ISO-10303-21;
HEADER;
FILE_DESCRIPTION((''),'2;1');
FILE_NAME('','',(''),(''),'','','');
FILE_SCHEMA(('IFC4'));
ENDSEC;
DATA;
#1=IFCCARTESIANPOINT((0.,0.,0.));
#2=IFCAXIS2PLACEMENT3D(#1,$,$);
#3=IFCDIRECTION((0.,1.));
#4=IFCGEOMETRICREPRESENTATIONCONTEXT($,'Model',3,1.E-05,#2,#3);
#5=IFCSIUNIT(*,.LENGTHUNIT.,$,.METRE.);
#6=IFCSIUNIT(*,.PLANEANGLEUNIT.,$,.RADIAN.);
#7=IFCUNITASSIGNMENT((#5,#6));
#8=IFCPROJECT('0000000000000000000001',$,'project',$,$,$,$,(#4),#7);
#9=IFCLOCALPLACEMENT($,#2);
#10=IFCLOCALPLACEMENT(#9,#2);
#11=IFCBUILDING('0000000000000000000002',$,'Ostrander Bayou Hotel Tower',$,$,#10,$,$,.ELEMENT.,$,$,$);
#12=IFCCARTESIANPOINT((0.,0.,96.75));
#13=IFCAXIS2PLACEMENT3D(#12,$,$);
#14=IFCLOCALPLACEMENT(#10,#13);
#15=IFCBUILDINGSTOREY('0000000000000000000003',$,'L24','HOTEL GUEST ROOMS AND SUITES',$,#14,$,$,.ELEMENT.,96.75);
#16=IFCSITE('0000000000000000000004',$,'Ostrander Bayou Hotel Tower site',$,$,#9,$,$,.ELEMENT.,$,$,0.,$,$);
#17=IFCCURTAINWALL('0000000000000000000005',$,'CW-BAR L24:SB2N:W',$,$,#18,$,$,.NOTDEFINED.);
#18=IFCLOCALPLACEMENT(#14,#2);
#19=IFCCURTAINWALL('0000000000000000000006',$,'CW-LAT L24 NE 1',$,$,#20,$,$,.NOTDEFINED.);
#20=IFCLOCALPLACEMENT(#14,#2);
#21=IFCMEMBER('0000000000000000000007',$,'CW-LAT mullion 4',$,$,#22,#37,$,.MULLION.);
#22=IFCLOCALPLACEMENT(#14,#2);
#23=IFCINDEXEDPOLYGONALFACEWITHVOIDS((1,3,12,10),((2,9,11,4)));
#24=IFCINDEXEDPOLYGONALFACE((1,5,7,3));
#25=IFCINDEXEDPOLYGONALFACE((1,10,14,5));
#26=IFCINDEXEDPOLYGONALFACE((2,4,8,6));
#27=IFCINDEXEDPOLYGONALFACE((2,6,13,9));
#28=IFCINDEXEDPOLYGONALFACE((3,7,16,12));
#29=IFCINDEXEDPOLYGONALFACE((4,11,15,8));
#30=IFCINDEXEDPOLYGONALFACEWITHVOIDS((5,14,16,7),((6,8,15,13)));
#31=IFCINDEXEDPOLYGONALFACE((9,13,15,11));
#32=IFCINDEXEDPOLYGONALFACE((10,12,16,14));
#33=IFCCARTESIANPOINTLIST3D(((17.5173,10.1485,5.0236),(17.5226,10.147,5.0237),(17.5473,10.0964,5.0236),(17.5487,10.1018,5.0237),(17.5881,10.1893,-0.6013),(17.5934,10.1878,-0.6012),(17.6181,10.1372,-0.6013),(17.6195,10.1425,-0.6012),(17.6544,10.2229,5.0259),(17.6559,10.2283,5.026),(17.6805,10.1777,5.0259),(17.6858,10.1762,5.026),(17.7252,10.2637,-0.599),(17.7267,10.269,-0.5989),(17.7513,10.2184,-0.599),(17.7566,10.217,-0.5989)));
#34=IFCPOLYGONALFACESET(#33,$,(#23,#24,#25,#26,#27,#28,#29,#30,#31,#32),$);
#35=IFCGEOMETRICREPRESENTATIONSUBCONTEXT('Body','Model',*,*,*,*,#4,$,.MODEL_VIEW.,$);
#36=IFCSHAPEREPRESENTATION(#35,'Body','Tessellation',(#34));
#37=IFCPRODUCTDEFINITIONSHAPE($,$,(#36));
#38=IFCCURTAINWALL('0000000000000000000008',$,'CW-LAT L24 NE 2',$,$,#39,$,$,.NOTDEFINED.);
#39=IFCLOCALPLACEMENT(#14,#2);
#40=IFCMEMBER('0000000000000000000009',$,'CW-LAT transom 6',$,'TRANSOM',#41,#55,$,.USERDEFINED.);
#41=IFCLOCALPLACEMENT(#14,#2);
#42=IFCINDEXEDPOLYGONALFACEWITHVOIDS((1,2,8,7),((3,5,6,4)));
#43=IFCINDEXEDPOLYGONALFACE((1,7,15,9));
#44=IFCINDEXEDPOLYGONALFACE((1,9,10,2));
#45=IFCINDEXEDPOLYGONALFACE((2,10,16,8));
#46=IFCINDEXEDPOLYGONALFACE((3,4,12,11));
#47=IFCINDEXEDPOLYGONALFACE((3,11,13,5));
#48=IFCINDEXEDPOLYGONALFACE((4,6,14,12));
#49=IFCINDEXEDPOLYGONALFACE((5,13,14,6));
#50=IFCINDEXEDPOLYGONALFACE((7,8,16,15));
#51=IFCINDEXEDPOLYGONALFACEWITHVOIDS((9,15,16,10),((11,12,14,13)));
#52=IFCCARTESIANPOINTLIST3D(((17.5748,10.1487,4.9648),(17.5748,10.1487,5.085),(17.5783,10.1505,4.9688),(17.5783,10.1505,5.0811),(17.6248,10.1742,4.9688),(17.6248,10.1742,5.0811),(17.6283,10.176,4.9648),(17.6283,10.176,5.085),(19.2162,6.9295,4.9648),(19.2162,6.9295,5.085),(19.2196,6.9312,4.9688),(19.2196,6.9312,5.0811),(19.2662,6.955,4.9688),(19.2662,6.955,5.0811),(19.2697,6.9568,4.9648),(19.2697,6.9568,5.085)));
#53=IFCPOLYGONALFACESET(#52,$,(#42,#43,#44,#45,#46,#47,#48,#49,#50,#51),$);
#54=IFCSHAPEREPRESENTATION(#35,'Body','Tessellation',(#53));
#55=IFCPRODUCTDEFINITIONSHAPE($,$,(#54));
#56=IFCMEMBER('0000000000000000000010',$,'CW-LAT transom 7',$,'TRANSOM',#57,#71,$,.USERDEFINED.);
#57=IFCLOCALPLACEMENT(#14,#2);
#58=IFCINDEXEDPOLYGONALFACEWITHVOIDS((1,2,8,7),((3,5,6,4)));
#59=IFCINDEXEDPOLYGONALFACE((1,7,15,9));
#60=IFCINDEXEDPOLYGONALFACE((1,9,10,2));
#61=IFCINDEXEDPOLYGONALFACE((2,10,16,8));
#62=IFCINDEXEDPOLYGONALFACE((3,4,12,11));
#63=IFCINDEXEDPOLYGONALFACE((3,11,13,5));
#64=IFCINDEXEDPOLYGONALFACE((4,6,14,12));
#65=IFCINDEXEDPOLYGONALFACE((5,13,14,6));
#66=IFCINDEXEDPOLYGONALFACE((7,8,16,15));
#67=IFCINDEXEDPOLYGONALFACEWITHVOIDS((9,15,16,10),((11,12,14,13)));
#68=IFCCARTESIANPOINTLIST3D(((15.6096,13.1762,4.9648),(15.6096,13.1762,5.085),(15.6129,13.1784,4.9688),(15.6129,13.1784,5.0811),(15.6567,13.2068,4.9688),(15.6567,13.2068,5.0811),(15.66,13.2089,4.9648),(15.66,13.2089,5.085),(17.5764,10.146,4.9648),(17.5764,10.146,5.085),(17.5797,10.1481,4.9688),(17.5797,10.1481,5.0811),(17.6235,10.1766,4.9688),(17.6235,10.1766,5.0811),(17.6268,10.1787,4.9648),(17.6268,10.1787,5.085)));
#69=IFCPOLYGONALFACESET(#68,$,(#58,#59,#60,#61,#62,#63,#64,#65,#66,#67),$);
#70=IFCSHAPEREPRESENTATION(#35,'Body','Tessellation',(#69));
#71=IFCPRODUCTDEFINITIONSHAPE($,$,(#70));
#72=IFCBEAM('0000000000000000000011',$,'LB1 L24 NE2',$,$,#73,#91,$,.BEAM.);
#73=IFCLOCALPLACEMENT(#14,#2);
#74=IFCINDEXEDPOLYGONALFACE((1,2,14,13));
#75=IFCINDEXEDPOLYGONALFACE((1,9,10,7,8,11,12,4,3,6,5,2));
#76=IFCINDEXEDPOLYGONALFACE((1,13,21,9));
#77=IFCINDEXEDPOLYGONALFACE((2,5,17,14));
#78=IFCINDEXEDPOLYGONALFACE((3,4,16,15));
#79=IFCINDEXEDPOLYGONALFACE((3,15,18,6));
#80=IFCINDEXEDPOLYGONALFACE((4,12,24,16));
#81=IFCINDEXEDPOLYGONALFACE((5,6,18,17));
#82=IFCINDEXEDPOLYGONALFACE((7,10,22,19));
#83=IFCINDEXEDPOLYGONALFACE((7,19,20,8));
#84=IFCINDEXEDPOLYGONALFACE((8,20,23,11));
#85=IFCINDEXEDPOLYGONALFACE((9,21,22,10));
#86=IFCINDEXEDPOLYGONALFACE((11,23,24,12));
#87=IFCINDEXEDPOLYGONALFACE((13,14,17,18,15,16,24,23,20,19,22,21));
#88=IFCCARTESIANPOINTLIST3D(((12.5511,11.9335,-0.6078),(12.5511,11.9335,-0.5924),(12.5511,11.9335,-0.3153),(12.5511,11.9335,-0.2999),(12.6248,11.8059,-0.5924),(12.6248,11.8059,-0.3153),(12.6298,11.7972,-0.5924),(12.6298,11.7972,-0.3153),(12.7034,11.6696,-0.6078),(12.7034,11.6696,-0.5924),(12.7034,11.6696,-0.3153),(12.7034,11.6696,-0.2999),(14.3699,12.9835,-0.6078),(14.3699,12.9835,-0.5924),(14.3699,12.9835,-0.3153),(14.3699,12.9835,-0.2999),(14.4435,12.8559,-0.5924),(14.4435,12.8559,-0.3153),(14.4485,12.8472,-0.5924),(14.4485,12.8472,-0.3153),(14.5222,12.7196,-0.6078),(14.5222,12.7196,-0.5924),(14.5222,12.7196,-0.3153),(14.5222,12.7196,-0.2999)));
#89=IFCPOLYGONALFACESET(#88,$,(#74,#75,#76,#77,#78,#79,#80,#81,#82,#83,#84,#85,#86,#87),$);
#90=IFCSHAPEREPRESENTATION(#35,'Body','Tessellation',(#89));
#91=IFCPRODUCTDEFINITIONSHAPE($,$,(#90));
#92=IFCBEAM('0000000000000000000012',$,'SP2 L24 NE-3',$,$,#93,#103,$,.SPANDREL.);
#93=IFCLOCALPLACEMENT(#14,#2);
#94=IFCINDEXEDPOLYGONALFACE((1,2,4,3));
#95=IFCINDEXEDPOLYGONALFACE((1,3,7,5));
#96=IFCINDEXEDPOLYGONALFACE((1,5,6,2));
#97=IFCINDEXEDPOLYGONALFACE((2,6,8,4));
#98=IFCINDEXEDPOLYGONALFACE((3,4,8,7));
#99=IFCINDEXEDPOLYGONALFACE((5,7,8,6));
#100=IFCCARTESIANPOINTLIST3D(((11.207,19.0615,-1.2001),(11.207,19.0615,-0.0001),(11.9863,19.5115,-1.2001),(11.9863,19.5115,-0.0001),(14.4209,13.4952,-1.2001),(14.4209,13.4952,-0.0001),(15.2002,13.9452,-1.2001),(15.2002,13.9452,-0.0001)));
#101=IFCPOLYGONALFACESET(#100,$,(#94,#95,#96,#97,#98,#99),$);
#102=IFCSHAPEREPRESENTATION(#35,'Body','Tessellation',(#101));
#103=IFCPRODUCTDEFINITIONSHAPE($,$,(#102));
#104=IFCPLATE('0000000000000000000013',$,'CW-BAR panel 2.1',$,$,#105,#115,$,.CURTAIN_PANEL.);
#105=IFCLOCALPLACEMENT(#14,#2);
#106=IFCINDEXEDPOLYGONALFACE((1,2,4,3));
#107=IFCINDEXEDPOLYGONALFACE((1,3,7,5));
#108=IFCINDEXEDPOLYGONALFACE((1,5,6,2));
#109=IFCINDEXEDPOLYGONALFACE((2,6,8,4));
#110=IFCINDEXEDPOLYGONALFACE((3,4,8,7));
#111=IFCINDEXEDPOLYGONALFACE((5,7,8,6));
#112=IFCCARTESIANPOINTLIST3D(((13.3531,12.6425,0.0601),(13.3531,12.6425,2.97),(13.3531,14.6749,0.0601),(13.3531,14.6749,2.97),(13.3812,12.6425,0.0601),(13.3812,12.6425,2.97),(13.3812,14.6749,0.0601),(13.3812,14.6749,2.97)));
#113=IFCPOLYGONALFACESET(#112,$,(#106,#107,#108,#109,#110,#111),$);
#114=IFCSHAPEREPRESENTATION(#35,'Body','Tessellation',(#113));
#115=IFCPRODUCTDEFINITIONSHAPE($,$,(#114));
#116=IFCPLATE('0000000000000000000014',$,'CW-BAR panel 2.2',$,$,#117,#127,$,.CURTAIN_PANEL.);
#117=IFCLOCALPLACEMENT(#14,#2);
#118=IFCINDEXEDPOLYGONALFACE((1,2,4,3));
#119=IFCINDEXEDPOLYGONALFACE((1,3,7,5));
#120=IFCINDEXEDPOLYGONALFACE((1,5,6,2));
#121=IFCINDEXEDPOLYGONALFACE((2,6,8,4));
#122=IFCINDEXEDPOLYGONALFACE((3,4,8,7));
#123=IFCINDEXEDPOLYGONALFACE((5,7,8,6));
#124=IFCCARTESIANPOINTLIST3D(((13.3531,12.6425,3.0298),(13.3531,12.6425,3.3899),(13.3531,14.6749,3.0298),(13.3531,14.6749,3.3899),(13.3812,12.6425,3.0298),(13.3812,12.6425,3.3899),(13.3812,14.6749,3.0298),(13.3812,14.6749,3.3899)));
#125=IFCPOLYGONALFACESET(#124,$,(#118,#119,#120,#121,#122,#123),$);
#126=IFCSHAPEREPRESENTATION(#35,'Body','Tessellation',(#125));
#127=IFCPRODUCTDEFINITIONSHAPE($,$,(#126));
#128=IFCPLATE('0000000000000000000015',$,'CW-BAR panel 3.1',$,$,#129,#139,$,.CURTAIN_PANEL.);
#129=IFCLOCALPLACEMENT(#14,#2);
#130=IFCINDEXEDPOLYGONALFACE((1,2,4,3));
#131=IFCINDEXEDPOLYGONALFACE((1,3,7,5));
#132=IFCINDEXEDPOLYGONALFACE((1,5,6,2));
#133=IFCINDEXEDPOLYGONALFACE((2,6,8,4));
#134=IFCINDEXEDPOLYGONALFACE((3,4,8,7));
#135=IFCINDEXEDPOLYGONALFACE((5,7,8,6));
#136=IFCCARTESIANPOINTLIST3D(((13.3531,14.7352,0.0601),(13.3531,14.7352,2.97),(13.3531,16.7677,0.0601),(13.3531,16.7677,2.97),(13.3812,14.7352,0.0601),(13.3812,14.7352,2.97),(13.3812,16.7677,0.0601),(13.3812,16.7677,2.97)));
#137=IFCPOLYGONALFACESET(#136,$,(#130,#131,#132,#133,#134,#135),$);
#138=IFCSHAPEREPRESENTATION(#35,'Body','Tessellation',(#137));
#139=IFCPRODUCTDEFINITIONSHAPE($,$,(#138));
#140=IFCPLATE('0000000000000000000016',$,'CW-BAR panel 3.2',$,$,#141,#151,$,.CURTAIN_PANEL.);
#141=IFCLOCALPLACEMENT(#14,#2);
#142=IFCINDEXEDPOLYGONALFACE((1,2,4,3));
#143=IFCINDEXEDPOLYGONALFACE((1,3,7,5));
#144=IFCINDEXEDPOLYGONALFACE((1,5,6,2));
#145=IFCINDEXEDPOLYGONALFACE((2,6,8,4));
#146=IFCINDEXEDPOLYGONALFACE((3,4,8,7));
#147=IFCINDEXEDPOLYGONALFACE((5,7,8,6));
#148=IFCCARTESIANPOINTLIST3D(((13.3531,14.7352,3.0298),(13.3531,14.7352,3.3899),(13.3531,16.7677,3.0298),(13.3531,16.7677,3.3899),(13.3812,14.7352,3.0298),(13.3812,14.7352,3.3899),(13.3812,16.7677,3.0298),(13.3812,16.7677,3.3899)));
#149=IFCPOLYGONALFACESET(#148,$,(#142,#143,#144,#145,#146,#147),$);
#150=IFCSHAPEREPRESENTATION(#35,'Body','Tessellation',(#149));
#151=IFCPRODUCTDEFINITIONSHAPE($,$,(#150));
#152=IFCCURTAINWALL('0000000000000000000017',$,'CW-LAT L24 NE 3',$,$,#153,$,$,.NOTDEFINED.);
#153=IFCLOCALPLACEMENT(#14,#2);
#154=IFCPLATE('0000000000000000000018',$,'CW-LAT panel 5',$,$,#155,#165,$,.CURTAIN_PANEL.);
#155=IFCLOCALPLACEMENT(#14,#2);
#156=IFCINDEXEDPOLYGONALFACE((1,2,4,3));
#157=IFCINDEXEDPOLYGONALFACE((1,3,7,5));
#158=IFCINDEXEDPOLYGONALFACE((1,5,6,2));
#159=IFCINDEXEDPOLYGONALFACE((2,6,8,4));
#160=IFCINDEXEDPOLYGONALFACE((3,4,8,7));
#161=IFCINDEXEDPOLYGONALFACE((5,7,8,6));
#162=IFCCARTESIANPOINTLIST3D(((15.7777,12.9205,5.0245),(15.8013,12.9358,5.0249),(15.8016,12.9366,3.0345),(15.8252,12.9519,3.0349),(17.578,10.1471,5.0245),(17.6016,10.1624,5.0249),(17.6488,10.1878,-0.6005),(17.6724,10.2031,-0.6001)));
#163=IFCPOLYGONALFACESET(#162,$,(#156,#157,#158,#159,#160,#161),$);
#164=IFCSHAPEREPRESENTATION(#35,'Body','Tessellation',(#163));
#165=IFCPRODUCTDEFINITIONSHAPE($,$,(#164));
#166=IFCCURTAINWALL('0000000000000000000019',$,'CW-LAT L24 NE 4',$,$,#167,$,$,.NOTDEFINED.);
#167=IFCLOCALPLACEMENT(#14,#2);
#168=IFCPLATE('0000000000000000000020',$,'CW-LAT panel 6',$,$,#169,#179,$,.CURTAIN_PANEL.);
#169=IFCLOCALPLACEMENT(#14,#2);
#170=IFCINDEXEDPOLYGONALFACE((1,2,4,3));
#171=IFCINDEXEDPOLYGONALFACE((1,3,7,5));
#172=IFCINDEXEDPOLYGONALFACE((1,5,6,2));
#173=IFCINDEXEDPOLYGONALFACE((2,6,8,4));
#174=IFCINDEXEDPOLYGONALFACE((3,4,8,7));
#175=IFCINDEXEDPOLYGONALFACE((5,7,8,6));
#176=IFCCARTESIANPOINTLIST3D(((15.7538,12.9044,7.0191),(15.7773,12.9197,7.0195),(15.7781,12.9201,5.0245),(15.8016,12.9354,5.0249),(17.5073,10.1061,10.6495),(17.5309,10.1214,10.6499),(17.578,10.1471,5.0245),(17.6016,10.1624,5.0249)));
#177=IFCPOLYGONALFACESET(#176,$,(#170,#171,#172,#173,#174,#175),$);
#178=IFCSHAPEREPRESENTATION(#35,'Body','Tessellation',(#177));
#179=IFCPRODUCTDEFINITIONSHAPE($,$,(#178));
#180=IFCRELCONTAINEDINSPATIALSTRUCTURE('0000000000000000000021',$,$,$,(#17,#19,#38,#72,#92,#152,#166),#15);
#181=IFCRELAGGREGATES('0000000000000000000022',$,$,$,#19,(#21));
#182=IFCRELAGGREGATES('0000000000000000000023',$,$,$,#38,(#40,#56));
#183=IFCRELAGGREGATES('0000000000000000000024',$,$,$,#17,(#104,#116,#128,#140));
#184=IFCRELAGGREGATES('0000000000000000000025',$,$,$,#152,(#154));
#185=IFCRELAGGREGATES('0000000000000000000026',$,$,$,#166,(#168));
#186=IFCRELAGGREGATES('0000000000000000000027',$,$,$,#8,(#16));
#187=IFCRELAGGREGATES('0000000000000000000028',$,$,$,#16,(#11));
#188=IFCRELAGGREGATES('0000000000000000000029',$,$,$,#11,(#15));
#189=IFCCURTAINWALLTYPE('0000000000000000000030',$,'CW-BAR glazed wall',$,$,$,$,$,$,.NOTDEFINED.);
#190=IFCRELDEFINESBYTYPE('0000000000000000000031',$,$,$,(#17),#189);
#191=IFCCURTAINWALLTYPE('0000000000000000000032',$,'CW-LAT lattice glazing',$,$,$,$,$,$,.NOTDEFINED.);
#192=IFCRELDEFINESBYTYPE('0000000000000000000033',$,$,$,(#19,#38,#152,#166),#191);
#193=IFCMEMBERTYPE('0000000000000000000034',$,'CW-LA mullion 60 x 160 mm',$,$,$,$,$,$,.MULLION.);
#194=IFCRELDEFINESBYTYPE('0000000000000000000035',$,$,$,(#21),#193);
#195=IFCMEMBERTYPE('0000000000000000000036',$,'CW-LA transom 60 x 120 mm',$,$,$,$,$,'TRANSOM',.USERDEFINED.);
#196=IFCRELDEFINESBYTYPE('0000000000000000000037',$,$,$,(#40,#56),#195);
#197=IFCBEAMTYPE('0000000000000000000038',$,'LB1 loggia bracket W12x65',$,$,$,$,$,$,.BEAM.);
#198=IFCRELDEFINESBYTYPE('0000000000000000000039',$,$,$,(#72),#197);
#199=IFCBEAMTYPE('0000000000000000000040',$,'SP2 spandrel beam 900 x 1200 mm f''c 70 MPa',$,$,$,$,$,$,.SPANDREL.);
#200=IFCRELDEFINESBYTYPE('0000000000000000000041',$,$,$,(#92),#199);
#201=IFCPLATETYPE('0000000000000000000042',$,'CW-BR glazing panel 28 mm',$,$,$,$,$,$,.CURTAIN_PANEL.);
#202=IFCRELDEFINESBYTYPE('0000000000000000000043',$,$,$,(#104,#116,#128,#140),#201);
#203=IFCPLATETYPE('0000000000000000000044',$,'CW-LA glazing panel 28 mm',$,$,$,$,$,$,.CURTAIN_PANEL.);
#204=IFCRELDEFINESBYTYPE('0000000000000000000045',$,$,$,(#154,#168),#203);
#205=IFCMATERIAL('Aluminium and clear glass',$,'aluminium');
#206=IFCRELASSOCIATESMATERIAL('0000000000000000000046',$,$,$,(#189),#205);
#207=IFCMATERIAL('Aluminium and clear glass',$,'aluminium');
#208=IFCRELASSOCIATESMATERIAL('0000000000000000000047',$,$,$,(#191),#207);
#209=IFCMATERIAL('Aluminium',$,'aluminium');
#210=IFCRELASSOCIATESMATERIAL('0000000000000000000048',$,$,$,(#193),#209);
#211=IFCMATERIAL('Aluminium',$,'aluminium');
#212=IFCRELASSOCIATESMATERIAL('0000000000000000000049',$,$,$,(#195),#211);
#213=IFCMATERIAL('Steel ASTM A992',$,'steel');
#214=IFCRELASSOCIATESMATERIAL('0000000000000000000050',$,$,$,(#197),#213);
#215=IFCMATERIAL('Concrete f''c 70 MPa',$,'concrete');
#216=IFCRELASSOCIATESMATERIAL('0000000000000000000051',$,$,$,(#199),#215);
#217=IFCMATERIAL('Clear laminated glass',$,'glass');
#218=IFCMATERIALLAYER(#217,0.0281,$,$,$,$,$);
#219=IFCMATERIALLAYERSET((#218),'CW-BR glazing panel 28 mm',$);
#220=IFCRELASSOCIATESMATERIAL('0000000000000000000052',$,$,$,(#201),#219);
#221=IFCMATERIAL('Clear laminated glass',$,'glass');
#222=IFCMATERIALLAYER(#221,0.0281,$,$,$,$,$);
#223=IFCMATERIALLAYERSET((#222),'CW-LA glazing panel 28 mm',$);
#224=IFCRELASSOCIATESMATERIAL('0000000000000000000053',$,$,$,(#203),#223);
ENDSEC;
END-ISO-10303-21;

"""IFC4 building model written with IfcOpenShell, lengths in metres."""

from ifc_helpers import new_model, si_unit, direction, frame, origin, origin_2d, place, context, subcontext, project, spatial, polyline, rectangle, hollow_rectangle, i_section, outline, extrude, material, layer, layer_set, material_profile, profile_set, type_object, element, aggregate, save


model = new_model("IFC4")

# Units and contexts
model_context = context("Model", 3, precision=1e-05, world=origin(), true_north=direction((0.0, 1.0)))
body_context = subcontext(model_context, "Body", "Model", "MODEL_VIEW")
ifc_project = project(units=[si_unit("LENGTHUNIT", "METRE"), si_unit("PLANEANGLEUNIT", "RADIAN")], contexts=[model_context])

# Site, building, storey
site_placement = place(None, origin())
site = spatial("IfcSite", under=ifc_project, at=site_placement, Name="Ostrander Bayou Hotel Tower site", CompositionType="ELEMENT", RefElevation=0.0)
building_placement = place(site_placement, origin())
building = spatial("IfcBuilding", under=site, at=building_placement, Name="Ostrander Bayou Hotel Tower", CompositionType="ELEMENT")
storey_placement = place(building_placement, frame((0.0, 0.0, 96.75)))
storey = spatial("IfcBuildingStorey", under=building, at=storey_placement, Name="L24", Description="HOTEL GUEST ROOMS AND SUITES", CompositionType="ELEMENT", Elevation=96.75)

# Curtain wall
ifc_material_1 = material(Name="Aluminium and clear glass", Category="aluminium")
curtain_wall_type_1 = type_object("IfcCurtainWallType", Name="CW-BAR glazed wall", PredefinedType="NOTDEFINED", material=ifc_material_1)
curtain_wall_1_placement = place(storey_placement, origin())
curtain_wall_1 = element("IfcCurtainWall", 1, at=curtain_wall_1_placement, inside=storey, type_object=curtain_wall_type_1, Name="CW-BAR L24:SB2N:W", PredefinedType="NOTDEFINED")

# Curtain wall, member
ifc_material_2 = material(Name="Aluminium and clear glass", Category="aluminium")
curtain_wall_type_2 = type_object("IfcCurtainWallType", Name="CW-LAT lattice glazing", PredefinedType="NOTDEFINED", material=ifc_material_2)
curtain_wall_2_placement = place(storey_placement, origin())
curtain_wall_2 = element("IfcCurtainWall", 2, at=curtain_wall_2_placement, inside=storey, type_object=curtain_wall_type_2, Name="CW-LAT L24 NE 1", PredefinedType="NOTDEFINED")
ifc_material_3 = material(Name="Aluminium", Category="aluminium")
ifc_material_profile_1 = material_profile(ifc_material_3, hollow_rectangle(XDim=0.0601, YDim=0.1599, WallThickness=0.0039, at=origin_2d()))
ifc_profile_set_1 = profile_set([ifc_material_profile_1], Name="Aluminium")
member_type_1 = type_object("IfcMemberType", Name="CW-LA mullion 60 x 160 mm", PredefinedType="MULLION", material=ifc_profile_set_1)
member_1_placement = place(storey_placement, frame((17.6724, 10.2031, -0.6001), z_axis=(-0.012585, -0.007247, 0.999895), x_axis=(0.499032, -0.866583, 0.0)))
member_1 = element("IfcMember", 3, at=member_1_placement, type_object=member_type_1, Name="CW-LAT mullion 4", PredefinedType="MULLION", context=body_context, shape_type="SweptSolid", body=[
    extrude(hollow_rectangle(XDim=0.0601, YDim=0.1599, WallThickness=0.0039, at=origin_2d()), origin(), (0.0, 0.0, 1.0), 5.6255),
])
aggregate(curtain_wall_2, [member_1])

# Curtain wall, members
curtain_wall_3_placement = place(storey_placement, origin())
curtain_wall_3 = element("IfcCurtainWall", 4, at=curtain_wall_3_placement, inside=storey, type_object=curtain_wall_type_2, Name="CW-LAT L24 NE 2", PredefinedType="NOTDEFINED")
ifc_material_4 = material(Name="Aluminium", Category="aluminium")
ifc_material_profile_2 = material_profile(ifc_material_4, hollow_rectangle(XDim=0.0601, YDim=0.1201, WallThickness=0.0039, at=origin_2d()))
ifc_profile_set_2 = profile_set([ifc_material_profile_2], Name="Aluminium")
member_type_2 = type_object("IfcMemberType", Name="CW-LA transom 60 x 120 mm", ElementType="TRANSOM", PredefinedType="USERDEFINED", material=ifc_profile_set_2)
member_2_placement = place(storey_placement, frame((17.6016, 10.1624, 5.0249), z_axis=(0.454226, -0.890886, 0.0), x_axis=(0.890886, 0.454226, 0.0)))
member_2 = element("IfcMember", 5, at=member_2_placement, type_object=member_type_2, Name="CW-LAT transom 6", ObjectType="TRANSOM", PredefinedType="USERDEFINED", context=body_context, shape_type="SweptSolid", body=[
    extrude(hollow_rectangle(XDim=0.0601, YDim=0.1201, WallThickness=0.0039, at=origin_2d()), origin(), (0.0, 0.0, 1.0), 3.6135),
])
member_3_placement = place(storey_placement, frame((17.6016, 10.1624, 5.0249), z_axis=(-0.544428, 0.838808, 0.0), x_axis=(-0.838808, -0.544428, 0.0)))
member_3 = element("IfcMember", 6, at=member_3_placement, type_object=member_type_2, Name="CW-LAT transom 7", ObjectType="TRANSOM", PredefinedType="USERDEFINED", context=body_context, shape_type="SweptSolid", body=[
    extrude(hollow_rectangle(XDim=0.0601, YDim=0.1201, WallThickness=0.0039, at=origin_2d()), origin(), (0.0, 0.0, 1.0), 3.6125),
])
aggregate(curtain_wall_3, [member_2, member_3])

# Beams
ifc_material_5 = material(Name="Steel ASTM A992", Category="steel")
ifc_material_profile_3 = material_profile(ifc_material_5, i_section(OverallWidth=0.3047, OverallDepth=0.3079, WebThickness=0.01, FlangeThickness=0.0154, at=origin_2d()))
ifc_profile_set_3 = profile_set([ifc_material_profile_3], Name="Steel ASTM A992")
beam_type_1 = type_object("IfcBeamType", Name="LB1 loggia bracket W12x65", PredefinedType="BEAM", material=ifc_profile_set_3)
beam_1_placement = place(storey_placement, frame((14.446, 12.8516, -0.4539), z_axis=(-0.866038, -0.499977, 0.0), x_axis=(0.499977, -0.866038, 0.0)))
element("IfcBeam", 7, at=beam_1_placement, inside=storey, type_object=beam_type_1, Name="LB1 L24 NE2", PredefinedType="BEAM", context=body_context, shape_type="SweptSolid", body=[
    extrude(i_section(OverallWidth=0.3047, OverallDepth=0.3079, WebThickness=0.01, FlangeThickness=0.0154, at=origin_2d()), origin(), (0.0, 0.0, 1.0), 2.1001),
])
ifc_material_6 = material(Name="Concrete f'c 70 MPa", Category="concrete")
ifc_material_profile_4 = material_profile(ifc_material_6, rectangle(XDim=0.8999, YDim=1.2, at=origin_2d()))
ifc_profile_set_4 = profile_set([ifc_material_profile_4], Name="Concrete f'c 70 MPa")
beam_type_2 = type_object("IfcBeamType", Name="SP2 spandrel beam 900 x 1200 mm f'c 70 MPa", PredefinedType="SPANDREL", material=ifc_profile_set_4)
beam_2_placement = place(storey_placement, frame((14.8105, 13.7202, -0.6001), z_axis=(-0.500028, 0.866009, 0.0), x_axis=(-0.866009, -0.500028, 0.0)))
element("IfcBeam", 8, at=beam_2_placement, inside=storey, type_object=beam_type_2, Name="SP2 L24 NE-3", PredefinedType="SPANDREL", context=body_context, shape_type="SweptSolid", body=[
    extrude(rectangle(XDim=0.8999, YDim=1.2, at=origin_2d()), origin(), (0.0, 0.0, 1.0), 6.4275),
])

# Plates
ifc_material_7 = material(Name="Clear laminated glass", Category="glass")
ifc_layer_1 = layer(ifc_material_7, 0.0281)
ifc_layer_set_1 = layer_set([ifc_layer_1], Name="CW-BR glazing panel 28 mm")
plate_type_1 = type_object("IfcPlateType", Name="CW-BR glazing panel 28 mm", PredefinedType="CURTAIN_PANEL", material=ifc_layer_set_1)
plate_1_placement = place(storey_placement, frame((13.3672, 13.6587, 0.0601), z_axis=(0.0, 0.0, 1.0), x_axis=(0.0, 1.0, 0.0)))
plate_1 = element("IfcPlate", 9, at=plate_1_placement, type_object=plate_type_1, Name="CW-BAR panel 2.1", PredefinedType="CURTAIN_PANEL", context=body_context, shape_type="SweptSolid", body=[
    extrude(rectangle(XDim=2.0325, YDim=0.0281, at=origin_2d()), origin(), (0.0, 0.0, 1.0), 2.9099),
])
plate_2_placement = place(storey_placement, frame((13.3672, 13.6587, 3.0298), z_axis=(0.0, 0.0, 1.0), x_axis=(0.0, 1.0, 0.0)))
plate_2 = element("IfcPlate", 10, at=plate_2_placement, type_object=plate_type_1, Name="CW-BAR panel 2.2", PredefinedType="CURTAIN_PANEL", context=body_context, shape_type="SweptSolid", body=[
    extrude(rectangle(XDim=2.0325, YDim=0.0281, at=origin_2d()), origin(), (0.0, 0.0, 1.0), 0.3601),
])
plate_3_placement = place(storey_placement, frame((13.3672, 15.7515, 0.0601), z_axis=(0.0, 0.0, 1.0), x_axis=(0.0, 1.0, 0.0)))
plate_3 = element("IfcPlate", 11, at=plate_3_placement, type_object=plate_type_1, Name="CW-BAR panel 3.1", PredefinedType="CURTAIN_PANEL", context=body_context, shape_type="SweptSolid", body=[
    extrude(rectangle(XDim=2.0325, YDim=0.0281, at=origin_2d()), origin(), (0.0, 0.0, 1.0), 2.9099),
])
plate_4_placement = place(storey_placement, frame((13.3672, 15.7515, 3.0298), z_axis=(0.0, 0.0, 1.0), x_axis=(0.0, 1.0, 0.0)))
plate_4 = element("IfcPlate", 12, at=plate_4_placement, type_object=plate_type_1, Name="CW-BAR panel 3.2", PredefinedType="CURTAIN_PANEL", context=body_context, shape_type="SweptSolid", body=[
    extrude(rectangle(XDim=2.0325, YDim=0.0281, at=origin_2d()), origin(), (0.0, 0.0, 1.0), 0.3601),
])
aggregate(curtain_wall_1, [plate_1, plate_2, plate_3, plate_4])

# Curtain walls, plates
curtain_wall_4_placement = place(storey_placement, origin())
curtain_wall_4 = element("IfcCurtainWall", 13, at=curtain_wall_4_placement, inside=storey, type_object=curtain_wall_type_2, Name="CW-LAT L24 NE 3", PredefinedType="NOTDEFINED")
ifc_material_8 = material(Name="Clear laminated glass", Category="glass")
ifc_layer_2 = layer(ifc_material_8, 0.0281)
ifc_layer_set_2 = layer_set([ifc_layer_2], Name="CW-LA glazing panel 28 mm")
plate_type_2 = type_object("IfcPlateType", Name="CW-LA glazing panel 28 mm", PredefinedType="CURTAIN_PANEL", material=ifc_layer_set_2)
plate_5_placement = place(storey_placement, frame((15.8252, 12.9519, 3.0349), z_axis=(0.83869, 0.544416, 0.0145), x_axis=(0.375634, -0.558989, -0.739209)))
plate_5 = element("IfcPlate", 14, at=plate_5_placement, type_object=plate_type_2, Name="CW-LAT panel 5", PredefinedType="CURTAIN_PANEL", context=body_context, shape_type="SweptSolid", body=[
    extrude(outline(polyline([(0.0, 0.0), (4.9174, 0.0), (0.7556, -3.785), (-1.471, -1.3405), (0.0, 0.0)])), origin(), (0.0, 0.0, -1.0), 0.0281),
])
aggregate(curtain_wall_4, [plate_5])
curtain_wall_5_placement = place(storey_placement, origin())
curtain_wall_5 = element("IfcCurtainWall", 15, at=curtain_wall_5_placement, inside=storey, type_object=curtain_wall_type_2, Name="CW-LAT L24 NE 4", PredefinedType="NOTDEFINED")
plate_6_placement = place(storey_placement, frame((15.7773, 12.9197, 7.0195), z_axis=(0.838707, 0.544391, 0.0145), x_axis=(0.357309, -0.570186, 0.739741)))
plate_6 = element("IfcPlate", 16, at=plate_6_placement, type_object=plate_type_2, Name="CW-LAT panel 6", PredefinedType="CURTAIN_PANEL", context=body_context, shape_type="SweptSolid", body=[
    extrude(outline(polyline([(0.0, 0.0), (4.9076, 0.0), (0.7485, 3.788), (-1.4758, 1.3422), (0.0, 0.0)])), origin(), (0.0, 0.0, -1.0), 0.0281),
])
aggregate(curtain_wall_5, [plate_6])

save(model, "model.ifc")
